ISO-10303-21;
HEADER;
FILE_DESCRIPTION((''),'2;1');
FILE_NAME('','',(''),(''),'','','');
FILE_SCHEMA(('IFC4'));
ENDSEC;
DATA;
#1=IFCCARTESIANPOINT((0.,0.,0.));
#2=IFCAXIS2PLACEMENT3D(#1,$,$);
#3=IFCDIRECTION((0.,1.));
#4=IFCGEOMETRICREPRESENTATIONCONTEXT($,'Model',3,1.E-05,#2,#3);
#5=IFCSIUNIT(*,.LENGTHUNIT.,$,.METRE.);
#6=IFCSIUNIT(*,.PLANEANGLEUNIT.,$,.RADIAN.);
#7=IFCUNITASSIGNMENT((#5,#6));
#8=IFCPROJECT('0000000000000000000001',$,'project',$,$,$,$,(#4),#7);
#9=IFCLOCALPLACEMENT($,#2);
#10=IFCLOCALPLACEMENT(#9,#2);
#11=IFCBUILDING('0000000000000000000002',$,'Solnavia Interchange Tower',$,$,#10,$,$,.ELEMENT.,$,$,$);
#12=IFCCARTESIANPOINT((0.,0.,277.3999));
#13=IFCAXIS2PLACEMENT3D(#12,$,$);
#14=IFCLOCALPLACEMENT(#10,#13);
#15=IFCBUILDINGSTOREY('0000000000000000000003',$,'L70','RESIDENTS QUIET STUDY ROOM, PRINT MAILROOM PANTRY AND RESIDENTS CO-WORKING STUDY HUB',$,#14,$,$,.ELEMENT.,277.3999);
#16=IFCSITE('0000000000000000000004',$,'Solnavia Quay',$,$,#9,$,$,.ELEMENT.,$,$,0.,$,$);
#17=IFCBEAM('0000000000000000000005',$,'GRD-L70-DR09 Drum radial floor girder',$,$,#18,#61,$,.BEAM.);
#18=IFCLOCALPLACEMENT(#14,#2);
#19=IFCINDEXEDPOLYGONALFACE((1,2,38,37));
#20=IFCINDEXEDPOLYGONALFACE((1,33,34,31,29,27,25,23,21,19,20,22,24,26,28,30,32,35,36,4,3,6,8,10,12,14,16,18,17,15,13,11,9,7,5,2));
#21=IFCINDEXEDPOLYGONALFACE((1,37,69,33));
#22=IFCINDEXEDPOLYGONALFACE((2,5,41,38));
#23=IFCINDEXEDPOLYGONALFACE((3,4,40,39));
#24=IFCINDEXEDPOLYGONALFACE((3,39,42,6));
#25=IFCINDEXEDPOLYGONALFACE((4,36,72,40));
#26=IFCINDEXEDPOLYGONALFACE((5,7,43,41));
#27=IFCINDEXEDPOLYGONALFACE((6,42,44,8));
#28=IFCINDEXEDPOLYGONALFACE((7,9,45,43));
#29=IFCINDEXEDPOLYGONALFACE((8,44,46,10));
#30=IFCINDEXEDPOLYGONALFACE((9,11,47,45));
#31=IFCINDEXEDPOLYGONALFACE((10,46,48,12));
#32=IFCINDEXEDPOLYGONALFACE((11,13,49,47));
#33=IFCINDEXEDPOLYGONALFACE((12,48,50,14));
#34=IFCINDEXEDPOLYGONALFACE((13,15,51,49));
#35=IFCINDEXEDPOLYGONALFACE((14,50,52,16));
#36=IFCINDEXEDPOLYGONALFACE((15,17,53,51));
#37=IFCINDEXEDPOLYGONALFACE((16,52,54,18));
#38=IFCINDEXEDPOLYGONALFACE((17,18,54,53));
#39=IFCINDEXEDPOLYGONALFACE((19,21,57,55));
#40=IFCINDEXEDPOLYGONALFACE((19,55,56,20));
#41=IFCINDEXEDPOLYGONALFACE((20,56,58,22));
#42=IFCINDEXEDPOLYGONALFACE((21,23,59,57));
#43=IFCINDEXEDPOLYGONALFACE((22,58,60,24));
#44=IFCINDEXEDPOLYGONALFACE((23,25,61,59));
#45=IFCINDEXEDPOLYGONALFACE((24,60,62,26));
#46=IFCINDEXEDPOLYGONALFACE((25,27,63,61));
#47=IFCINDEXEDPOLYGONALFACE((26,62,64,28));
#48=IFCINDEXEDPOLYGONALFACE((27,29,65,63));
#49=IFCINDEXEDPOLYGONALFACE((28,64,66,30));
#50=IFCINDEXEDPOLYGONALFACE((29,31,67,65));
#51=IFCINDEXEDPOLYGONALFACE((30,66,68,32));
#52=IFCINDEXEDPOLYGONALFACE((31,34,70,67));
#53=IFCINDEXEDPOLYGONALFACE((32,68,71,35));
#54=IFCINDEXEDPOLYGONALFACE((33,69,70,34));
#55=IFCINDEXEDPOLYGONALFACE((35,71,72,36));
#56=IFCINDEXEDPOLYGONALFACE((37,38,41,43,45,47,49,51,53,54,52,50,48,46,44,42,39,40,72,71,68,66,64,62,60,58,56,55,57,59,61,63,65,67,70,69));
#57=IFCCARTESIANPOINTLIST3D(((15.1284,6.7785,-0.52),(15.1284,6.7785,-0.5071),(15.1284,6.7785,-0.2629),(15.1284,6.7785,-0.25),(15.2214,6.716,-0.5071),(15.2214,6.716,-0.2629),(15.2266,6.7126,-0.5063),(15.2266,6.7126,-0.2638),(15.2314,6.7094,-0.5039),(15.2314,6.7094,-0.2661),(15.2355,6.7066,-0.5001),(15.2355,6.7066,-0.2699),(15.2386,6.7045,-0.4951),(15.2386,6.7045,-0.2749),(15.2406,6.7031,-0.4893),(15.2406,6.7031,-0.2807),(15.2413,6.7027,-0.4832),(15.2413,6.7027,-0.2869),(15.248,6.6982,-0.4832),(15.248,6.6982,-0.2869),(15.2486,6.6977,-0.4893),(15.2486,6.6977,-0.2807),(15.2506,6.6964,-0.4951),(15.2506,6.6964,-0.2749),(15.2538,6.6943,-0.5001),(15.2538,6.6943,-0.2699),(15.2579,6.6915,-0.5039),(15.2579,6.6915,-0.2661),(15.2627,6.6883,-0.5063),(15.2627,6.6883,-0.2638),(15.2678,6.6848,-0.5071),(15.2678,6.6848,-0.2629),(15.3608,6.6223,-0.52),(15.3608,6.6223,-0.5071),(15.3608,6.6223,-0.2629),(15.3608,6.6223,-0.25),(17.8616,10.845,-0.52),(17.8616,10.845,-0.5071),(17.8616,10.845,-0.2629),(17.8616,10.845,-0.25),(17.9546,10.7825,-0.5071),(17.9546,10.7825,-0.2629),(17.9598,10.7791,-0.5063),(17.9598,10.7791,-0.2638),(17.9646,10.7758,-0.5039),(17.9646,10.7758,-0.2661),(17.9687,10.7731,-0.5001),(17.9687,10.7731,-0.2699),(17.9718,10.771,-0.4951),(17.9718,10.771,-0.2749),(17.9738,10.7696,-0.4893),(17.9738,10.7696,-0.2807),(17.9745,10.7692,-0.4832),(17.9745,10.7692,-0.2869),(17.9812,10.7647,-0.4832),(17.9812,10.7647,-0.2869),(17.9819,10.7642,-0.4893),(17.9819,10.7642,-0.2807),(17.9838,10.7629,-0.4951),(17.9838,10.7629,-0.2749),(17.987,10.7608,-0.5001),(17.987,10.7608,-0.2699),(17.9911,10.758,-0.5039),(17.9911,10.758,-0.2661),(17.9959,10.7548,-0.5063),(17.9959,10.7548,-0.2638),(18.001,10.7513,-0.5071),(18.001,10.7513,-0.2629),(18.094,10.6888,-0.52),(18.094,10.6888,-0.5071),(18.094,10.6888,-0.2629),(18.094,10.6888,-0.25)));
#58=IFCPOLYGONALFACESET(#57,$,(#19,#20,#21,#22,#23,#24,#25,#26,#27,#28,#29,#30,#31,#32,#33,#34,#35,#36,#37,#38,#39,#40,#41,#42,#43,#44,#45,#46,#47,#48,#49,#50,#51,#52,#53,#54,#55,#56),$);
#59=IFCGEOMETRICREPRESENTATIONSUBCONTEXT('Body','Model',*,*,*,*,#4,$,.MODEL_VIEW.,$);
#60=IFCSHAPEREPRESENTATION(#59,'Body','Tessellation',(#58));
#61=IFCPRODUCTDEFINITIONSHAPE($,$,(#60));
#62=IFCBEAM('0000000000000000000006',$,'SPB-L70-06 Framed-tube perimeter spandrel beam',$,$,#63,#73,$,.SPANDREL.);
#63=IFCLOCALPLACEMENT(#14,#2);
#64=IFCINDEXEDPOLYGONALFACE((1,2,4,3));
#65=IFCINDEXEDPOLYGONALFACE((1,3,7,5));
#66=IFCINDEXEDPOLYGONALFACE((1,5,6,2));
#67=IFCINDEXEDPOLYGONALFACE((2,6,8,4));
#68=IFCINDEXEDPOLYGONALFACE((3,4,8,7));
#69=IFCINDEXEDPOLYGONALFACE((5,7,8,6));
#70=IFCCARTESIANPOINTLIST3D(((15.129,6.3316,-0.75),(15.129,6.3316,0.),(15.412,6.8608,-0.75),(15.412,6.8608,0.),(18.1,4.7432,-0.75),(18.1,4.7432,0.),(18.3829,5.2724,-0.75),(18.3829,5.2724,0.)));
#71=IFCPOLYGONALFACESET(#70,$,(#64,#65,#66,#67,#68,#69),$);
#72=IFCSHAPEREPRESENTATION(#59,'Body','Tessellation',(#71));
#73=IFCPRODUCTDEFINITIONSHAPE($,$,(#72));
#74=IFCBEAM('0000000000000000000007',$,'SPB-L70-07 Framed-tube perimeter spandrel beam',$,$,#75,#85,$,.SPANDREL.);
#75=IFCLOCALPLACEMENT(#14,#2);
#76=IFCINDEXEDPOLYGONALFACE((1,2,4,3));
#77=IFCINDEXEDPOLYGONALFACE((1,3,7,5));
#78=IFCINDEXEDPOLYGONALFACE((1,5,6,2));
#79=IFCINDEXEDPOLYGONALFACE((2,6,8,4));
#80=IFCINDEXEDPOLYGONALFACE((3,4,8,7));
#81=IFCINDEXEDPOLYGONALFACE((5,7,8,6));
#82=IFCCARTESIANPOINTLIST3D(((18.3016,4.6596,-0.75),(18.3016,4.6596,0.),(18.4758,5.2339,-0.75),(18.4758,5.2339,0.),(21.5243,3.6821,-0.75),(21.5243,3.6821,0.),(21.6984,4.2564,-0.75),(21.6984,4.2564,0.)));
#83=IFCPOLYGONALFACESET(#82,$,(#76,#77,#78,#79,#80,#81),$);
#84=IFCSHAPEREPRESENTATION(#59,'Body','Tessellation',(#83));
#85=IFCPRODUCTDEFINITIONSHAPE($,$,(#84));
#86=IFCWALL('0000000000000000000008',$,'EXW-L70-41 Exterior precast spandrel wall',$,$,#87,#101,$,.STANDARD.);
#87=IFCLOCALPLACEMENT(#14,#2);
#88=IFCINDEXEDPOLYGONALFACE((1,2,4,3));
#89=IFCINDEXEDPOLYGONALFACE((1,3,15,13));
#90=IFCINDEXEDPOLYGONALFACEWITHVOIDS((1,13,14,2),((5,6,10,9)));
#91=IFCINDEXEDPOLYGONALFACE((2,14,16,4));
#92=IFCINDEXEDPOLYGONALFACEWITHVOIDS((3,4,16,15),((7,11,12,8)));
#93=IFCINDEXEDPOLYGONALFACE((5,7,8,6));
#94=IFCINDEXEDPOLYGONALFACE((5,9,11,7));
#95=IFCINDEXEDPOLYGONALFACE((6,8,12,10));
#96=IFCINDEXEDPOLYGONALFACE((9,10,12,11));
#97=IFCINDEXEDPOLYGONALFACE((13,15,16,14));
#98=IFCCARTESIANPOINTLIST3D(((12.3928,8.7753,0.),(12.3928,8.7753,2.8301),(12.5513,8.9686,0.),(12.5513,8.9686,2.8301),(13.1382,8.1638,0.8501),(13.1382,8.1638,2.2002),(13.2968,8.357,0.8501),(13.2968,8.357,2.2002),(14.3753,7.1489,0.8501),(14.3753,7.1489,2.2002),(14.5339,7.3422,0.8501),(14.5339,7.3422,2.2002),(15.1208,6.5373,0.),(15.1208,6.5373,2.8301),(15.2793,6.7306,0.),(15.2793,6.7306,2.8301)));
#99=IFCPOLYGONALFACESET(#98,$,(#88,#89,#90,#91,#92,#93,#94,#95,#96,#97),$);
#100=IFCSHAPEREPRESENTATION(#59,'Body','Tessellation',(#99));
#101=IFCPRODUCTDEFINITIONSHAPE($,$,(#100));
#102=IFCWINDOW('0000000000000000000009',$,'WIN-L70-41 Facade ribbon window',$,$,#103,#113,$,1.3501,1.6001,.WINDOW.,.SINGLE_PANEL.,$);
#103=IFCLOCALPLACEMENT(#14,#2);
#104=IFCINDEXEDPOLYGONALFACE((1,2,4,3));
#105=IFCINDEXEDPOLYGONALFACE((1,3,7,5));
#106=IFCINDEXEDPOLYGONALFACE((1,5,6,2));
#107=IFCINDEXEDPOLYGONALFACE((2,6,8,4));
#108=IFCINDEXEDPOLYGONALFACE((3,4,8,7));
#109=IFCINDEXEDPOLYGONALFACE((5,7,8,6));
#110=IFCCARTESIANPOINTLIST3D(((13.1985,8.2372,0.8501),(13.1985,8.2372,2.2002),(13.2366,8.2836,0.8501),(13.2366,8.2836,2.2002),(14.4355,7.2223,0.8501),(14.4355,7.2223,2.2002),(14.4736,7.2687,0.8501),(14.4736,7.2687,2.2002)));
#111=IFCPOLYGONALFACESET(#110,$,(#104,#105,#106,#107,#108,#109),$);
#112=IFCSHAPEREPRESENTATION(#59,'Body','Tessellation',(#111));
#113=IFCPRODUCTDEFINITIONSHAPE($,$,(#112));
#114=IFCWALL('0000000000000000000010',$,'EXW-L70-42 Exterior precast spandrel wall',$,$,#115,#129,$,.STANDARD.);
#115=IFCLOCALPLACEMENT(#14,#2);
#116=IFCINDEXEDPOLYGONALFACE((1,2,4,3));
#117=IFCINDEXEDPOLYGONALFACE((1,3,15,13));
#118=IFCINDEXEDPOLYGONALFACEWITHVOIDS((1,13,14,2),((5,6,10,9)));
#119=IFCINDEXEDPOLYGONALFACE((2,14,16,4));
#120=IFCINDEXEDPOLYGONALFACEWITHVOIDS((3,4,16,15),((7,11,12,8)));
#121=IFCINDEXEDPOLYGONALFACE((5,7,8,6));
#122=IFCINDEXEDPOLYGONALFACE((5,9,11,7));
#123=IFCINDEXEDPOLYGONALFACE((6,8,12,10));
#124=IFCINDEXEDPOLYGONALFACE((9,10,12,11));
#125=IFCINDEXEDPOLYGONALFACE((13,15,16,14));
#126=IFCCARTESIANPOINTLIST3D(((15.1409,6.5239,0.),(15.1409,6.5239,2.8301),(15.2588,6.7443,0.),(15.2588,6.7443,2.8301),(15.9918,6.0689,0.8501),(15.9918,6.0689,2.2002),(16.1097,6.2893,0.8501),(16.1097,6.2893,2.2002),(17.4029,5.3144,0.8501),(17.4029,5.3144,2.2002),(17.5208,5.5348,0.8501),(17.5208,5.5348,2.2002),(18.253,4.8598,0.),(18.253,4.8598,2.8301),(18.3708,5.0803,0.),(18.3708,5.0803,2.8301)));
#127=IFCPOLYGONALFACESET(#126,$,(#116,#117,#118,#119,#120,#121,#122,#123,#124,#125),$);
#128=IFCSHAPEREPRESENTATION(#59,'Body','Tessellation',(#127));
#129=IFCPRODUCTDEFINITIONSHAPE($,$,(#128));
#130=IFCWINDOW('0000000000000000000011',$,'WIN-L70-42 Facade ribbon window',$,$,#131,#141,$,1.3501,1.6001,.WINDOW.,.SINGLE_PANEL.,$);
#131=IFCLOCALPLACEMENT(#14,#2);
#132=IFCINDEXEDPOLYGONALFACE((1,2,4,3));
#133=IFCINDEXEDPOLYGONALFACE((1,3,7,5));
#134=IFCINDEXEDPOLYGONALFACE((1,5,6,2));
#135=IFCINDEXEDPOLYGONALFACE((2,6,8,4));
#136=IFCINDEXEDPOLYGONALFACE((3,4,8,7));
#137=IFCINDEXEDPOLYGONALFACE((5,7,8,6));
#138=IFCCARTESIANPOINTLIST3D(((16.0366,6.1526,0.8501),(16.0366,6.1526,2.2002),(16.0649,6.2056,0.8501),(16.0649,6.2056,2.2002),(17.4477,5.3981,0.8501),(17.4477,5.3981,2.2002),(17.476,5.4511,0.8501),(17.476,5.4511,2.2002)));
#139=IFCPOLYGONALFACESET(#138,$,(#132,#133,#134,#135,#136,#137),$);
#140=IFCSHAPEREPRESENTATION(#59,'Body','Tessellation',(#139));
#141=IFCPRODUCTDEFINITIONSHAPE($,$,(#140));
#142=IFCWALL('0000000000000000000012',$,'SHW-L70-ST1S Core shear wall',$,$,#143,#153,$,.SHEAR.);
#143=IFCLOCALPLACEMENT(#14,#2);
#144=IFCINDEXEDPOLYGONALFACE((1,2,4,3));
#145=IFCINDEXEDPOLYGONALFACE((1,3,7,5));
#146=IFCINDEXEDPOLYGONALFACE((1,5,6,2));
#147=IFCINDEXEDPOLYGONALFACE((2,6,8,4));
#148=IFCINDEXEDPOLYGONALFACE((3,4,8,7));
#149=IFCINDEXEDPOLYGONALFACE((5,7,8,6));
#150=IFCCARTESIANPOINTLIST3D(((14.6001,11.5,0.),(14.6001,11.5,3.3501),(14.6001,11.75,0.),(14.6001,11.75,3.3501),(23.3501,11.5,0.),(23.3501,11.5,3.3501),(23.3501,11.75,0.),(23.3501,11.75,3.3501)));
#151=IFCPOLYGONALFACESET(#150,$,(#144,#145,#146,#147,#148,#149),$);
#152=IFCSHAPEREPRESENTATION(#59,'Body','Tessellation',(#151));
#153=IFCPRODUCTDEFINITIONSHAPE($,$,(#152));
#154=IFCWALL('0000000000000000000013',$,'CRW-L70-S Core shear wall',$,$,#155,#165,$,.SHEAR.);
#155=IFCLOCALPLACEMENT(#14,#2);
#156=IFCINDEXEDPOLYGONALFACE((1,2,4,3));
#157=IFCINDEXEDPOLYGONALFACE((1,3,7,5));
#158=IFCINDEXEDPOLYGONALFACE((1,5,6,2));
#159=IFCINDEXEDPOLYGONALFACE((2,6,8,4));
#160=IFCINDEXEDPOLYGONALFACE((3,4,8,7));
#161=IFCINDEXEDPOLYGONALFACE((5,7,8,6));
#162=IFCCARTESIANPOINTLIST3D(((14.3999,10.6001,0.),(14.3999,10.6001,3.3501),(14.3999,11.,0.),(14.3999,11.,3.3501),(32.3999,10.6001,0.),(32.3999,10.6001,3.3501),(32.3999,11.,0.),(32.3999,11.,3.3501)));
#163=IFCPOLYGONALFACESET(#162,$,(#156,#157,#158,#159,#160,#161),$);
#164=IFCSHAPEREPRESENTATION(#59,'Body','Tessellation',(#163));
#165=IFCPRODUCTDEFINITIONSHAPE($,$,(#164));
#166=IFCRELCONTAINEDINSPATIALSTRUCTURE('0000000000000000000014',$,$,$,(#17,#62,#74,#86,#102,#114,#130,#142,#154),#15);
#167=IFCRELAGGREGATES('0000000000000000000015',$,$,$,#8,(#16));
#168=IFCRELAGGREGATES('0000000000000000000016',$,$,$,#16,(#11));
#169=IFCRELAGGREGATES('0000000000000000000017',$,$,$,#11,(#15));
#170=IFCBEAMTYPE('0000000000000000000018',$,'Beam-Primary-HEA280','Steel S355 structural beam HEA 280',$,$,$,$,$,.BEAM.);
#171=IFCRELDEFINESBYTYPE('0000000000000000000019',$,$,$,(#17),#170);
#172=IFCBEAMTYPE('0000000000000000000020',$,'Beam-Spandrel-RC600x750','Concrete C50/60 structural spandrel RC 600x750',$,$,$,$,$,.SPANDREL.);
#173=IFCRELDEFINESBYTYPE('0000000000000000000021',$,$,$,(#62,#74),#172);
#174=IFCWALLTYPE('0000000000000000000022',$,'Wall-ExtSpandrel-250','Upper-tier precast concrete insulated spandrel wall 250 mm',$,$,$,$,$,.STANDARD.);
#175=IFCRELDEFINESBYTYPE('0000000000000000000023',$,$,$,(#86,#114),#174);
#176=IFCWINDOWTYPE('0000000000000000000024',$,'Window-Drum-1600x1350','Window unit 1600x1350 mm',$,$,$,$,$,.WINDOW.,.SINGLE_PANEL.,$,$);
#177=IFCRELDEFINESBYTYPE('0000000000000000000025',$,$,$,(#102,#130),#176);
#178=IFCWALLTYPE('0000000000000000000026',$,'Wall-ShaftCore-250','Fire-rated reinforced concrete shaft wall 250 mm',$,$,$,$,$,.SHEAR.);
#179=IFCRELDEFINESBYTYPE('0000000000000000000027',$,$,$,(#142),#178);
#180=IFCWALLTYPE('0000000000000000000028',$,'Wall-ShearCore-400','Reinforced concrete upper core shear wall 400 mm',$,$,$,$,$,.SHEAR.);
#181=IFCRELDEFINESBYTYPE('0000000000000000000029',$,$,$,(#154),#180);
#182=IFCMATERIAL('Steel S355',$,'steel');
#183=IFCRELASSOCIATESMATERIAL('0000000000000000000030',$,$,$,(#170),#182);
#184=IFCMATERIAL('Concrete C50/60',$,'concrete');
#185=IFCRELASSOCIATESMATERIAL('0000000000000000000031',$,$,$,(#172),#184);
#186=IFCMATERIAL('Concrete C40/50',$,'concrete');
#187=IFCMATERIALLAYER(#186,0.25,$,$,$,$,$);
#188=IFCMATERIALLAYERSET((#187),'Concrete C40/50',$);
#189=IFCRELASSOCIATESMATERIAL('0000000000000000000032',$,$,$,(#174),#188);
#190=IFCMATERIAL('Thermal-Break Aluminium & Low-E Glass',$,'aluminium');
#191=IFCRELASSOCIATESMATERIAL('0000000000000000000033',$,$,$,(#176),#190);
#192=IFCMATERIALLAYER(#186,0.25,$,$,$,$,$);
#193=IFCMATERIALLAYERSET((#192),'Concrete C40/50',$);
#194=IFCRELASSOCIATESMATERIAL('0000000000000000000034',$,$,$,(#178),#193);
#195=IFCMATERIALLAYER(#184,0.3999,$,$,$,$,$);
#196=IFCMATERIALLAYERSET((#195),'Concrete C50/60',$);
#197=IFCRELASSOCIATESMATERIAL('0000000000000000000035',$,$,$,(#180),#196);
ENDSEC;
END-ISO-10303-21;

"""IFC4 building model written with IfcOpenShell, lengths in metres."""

from ifc_helpers import new_model, si_unit, direction, frame, frame_2d, origin, origin_2d, place, context, subcontext, project, spatial, rectangle, i_section, extrude, material, layer, layer_set, material_profile, profile_set, type_object, element, fill, save


model = new_model("IFC4")

# Units and contexts
model_context = context("Model", 3, precision=1e-05, world=origin(), true_north=direction((0.0, 1.0)))
body_context = subcontext(model_context, "Body", "Model", "MODEL_VIEW")
ifc_project = project(units=[si_unit("LENGTHUNIT", "METRE"), si_unit("PLANEANGLEUNIT", "RADIAN")], contexts=[model_context])

# Site, building, storey
site_placement = place(None, origin())
site = spatial("IfcSite", under=ifc_project, at=site_placement, Name="Solnavia Quay", CompositionType="ELEMENT", RefElevation=0.0)
building_placement = place(site_placement, origin())
building = spatial("IfcBuilding", under=site, at=building_placement, Name="Solnavia Interchange Tower", CompositionType="ELEMENT")
storey_placement = place(building_placement, frame((0.0, 0.0, 277.3999)))
storey = spatial("IfcBuildingStorey", under=building, at=storey_placement, Name="L70", Description="RESIDENTS QUIET STUDY ROOM, PRINT MAILROOM PANTRY AND RESIDENTS CO-WORKING STUDY HUB", CompositionType="ELEMENT", Elevation=277.3999)

# Shared definitions
ifc_material_1 = material(Name="Concrete C50/60", Category="concrete")

# Beams
ifc_material_2 = material(Name="Steel S355", Category="steel")
ifc_material_profile_1 = material_profile(ifc_material_2, i_section(OverallWidth=0.28, OverallDepth=0.27, WebThickness=0.0081, FlangeThickness=0.0129, FilletRadius=0.0239, at=origin_2d()), Name="HEA 280")
ifc_profile_set_1 = profile_set([ifc_material_profile_1], Name="Steel S355")
beam_type_1 = type_object("IfcBeamType", Name="Beam-Primary-HEA280", Description="Steel S355 structural beam HEA 280", PredefinedType="BEAM", material=ifc_profile_set_1)
beam_1_placement = place(storey_placement, frame((15.2446, 6.7004, -0.385), z_axis=(0.557835, 0.829952, 0.0), x_axis=(-0.829952, 0.557835, 0.0)))
element("IfcBeam", 1, at=beam_1_placement, inside=storey, type_object=beam_type_1, Name="GRD-L70-DR09 Drum radial floor girder", PredefinedType="BEAM", context=body_context, shape_type="SweptSolid", body=[
    extrude(i_section(OverallWidth=0.28, OverallDepth=0.27, WebThickness=0.0081, FlangeThickness=0.0129, FilletRadius=0.0239, at=origin_2d()), origin(), (0.0, 0.0, 1.0), 4.8997),
])
ifc_material_profile_2 = material_profile(ifc_material_1, rectangle(XDim=0.6001, YDim=0.75, at=origin_2d()), Name="RC 600x750")
ifc_profile_set_2 = profile_set([ifc_material_profile_2], Name="Concrete C50/60")
beam_type_2 = type_object("IfcBeamType", Name="Beam-Spandrel-RC600x750", Description="Concrete C50/60 structural spandrel RC 600x750", PredefinedType="SPANDREL", material=ifc_profile_set_2)
beam_2_placement = place(storey_placement, frame((15.2705, 6.5962, -0.375), z_axis=(0.881875, -0.471483, 0.0), x_axis=(0.471483, 0.881875, 0.0)))
element("IfcBeam", 2, at=beam_2_placement, inside=storey, type_object=beam_type_2, Name="SPB-L70-06 Framed-tube perimeter spandrel beam", PredefinedType="SPANDREL", context=body_context, shape_type="SweptSolid", body=[
    extrude(rectangle(XDim=0.6001, YDim=0.75, at=origin_2d()), origin(), (0.0, 0.0, 1.0), 3.3689),
])
beam_3_placement = place(storey_placement, frame((18.3887, 4.9468, -0.375), z_axis=(0.956944, -0.290273, 0.0), x_axis=(0.290273, 0.956944, 0.0)))
element("IfcBeam", 3, at=beam_3_placement, inside=storey, type_object=beam_type_2, Name="SPB-L70-07 Framed-tube perimeter spandrel beam", PredefinedType="SPANDREL", context=body_context, shape_type="SweptSolid", body=[
    extrude(rectangle(XDim=0.6001, YDim=0.75, at=origin_2d()), origin(), (0.0, 0.0, 1.0), 3.3677),
])

# Walls, openings, windows
ifc_material_3 = material(Name="Concrete C40/50", Category="concrete")
ifc_layer_1 = layer(ifc_material_3, 0.25)
ifc_layer_set_1 = layer_set([ifc_layer_1], Name="Concrete C40/50")
wall_type_1 = type_object("IfcWallType", Name="Wall-ExtSpandrel-250", Description="Upper-tier precast concrete insulated spandrel wall 250 mm", PredefinedType="STANDARD", material=ifc_layer_set_1)
wall_1_placement = place(storey_placement, frame((15.2, 6.634, 0.0), z_axis=(0.0, 0.0, 1.0), x_axis=(-0.773121, 0.634258, 0.0)))
wall_1 = element("IfcWall", 4, at=wall_1_placement, inside=storey, type_object=wall_type_1, Name="EXW-L70-41 Exterior precast spandrel wall", PredefinedType="STANDARD", context=body_context, shape_type="SweptSolid", body=[
    extrude(rectangle(XDim=3.5286, YDim=0.25, at=frame_2d((1.7642, 0.0))), origin(), (0.0, 0.0, 1.0), 2.8301),
])
opening_1_placement = place(wall_1_placement, frame((0.9641, 0.0, 0.8501)))
opening_1 = element("IfcOpeningElement", 5, at=opening_1_placement, cuts=wall_1, PredefinedType="OPENING", context=body_context, shape_type="SweptSolid", body=[
    extrude(rectangle(XDim=1.6001, YDim=1.3501, at=frame_2d((0.8, 0.675))), frame((0.0, 0.135, 0.0), z_axis=(0.0, -1.0, 0.0), x_axis=(1.0, 0.0, 0.0)), (0.0, 0.0, 1.0), 0.27),
])
ifc_material_4 = material(Name="Thermal-Break Aluminium & Low-E Glass", Category="aluminium")
window_type = type_object("IfcWindowType", Name="Window-Drum-1600x1350", Description="Window unit 1600x1350 mm", PartitioningType="SINGLE_PANEL", PredefinedType="WINDOW", material=ifc_material_4)
window_1_placement = place(opening_1_placement, origin())
window_1 = element("IfcWindow", 6, at=window_1_placement, inside=storey, type_object=window_type, Name="WIN-L70-41 Facade ribbon window", OverallHeight=1.3501, OverallWidth=1.6001, PartitioningType="SINGLE_PANEL", PredefinedType="WINDOW", context=body_context, shape_type="SweptSolid", body=[
    extrude(rectangle(XDim=1.6001, YDim=1.3501, at=frame_2d((0.8, 0.675))), frame((0.0, 0.03, 0.0), z_axis=(0.0, -1.0, 0.0), x_axis=(1.0, 0.0, 0.0)), (0.0, 0.0, 1.0), 0.0601),
])
fill(opening_1, window_1)
wall_2_placement = place(storey_placement, frame((18.312, 4.97, 0.0), z_axis=(0.0, 0.0, 1.0), x_axis=(-0.881847, 0.471536, 0.0)))
wall_2 = element("IfcWall", 7, at=wall_2_placement, inside=storey, type_object=wall_type_1, Name="EXW-L70-42 Exterior precast spandrel wall", PredefinedType="STANDARD", context=body_context, shape_type="SweptSolid", body=[
    extrude(rectangle(XDim=3.5291, YDim=0.25, at=frame_2d((1.7646, 0.0))), origin(), (0.0, 0.0, 1.0), 2.8301),
])
opening_2_placement = place(wall_2_placement, frame((0.9641, 0.0, 0.8501)))
opening_2 = element("IfcOpeningElement", 8, at=opening_2_placement, cuts=wall_2, PredefinedType="OPENING", context=body_context, shape_type="SweptSolid", body=[
    extrude(rectangle(XDim=1.6001, YDim=1.3501, at=frame_2d((0.8, 0.675))), frame((0.0, 0.135, 0.0), z_axis=(0.0, -1.0, 0.0), x_axis=(1.0, 0.0, 0.0)), (0.0, 0.0, 1.0), 0.27),
])
window_2_placement = place(opening_2_placement, origin())
window_2 = element("IfcWindow", 9, at=window_2_placement, inside=storey, type_object=window_type, Name="WIN-L70-42 Facade ribbon window", OverallHeight=1.3501, OverallWidth=1.6001, PartitioningType="SINGLE_PANEL", PredefinedType="WINDOW", context=body_context, shape_type="SweptSolid", body=[
    extrude(rectangle(XDim=1.6001, YDim=1.3501, at=frame_2d((0.8, 0.675))), frame((0.0, 0.03, 0.0), z_axis=(0.0, -1.0, 0.0), x_axis=(1.0, 0.0, 0.0)), (0.0, 0.0, 1.0), 0.0601),
])
fill(opening_2, window_2)

# Walls
ifc_layer_2 = layer(ifc_material_3, 0.25)
ifc_layer_set_2 = layer_set([ifc_layer_2], Name="Concrete C40/50")
wall_type_2 = type_object("IfcWallType", Name="Wall-ShaftCore-250", Description="Fire-rated reinforced concrete shaft wall 250 mm", PredefinedType="SHEAR", material=ifc_layer_set_2)
wall_3_placement = place(storey_placement, frame((14.6001, 11.625, 0.0), z_axis=(0.0, 0.0, 1.0), x_axis=(1.0, 0.0, 0.0)))
element("IfcWall", 10, at=wall_3_placement, inside=storey, type_object=wall_type_2, Name="SHW-L70-ST1S Core shear wall", PredefinedType="SHEAR", context=body_context, shape_type="SweptSolid", body=[
    extrude(rectangle(XDim=8.75, YDim=0.25, at=frame_2d((4.375, 0.0))), origin(), (0.0, 0.0, 1.0), 3.3501),
])
ifc_layer_3 = layer(ifc_material_1, 0.3999)
ifc_layer_set_3 = layer_set([ifc_layer_3], Name="Concrete C50/60")
wall_type_3 = type_object("IfcWallType", Name="Wall-ShearCore-400", Description="Reinforced concrete upper core shear wall 400 mm", PredefinedType="SHEAR", material=ifc_layer_set_3)
wall_4_placement = place(storey_placement, frame((14.3999, 10.8, 0.0), z_axis=(0.0, 0.0, 1.0), x_axis=(1.0, 0.0, 0.0)))
element("IfcWall", 11, at=wall_4_placement, inside=storey, type_object=wall_type_3, Name="CRW-L70-S Core shear wall", PredefinedType="SHEAR", context=body_context, shape_type="SweptSolid", body=[
    extrude(rectangle(XDim=18.0, YDim=0.3999, at=frame_2d((9.0, 0.0))), origin(), (0.0, 0.0, 1.0), 3.3501),
])

save(model, "model.ifc")
